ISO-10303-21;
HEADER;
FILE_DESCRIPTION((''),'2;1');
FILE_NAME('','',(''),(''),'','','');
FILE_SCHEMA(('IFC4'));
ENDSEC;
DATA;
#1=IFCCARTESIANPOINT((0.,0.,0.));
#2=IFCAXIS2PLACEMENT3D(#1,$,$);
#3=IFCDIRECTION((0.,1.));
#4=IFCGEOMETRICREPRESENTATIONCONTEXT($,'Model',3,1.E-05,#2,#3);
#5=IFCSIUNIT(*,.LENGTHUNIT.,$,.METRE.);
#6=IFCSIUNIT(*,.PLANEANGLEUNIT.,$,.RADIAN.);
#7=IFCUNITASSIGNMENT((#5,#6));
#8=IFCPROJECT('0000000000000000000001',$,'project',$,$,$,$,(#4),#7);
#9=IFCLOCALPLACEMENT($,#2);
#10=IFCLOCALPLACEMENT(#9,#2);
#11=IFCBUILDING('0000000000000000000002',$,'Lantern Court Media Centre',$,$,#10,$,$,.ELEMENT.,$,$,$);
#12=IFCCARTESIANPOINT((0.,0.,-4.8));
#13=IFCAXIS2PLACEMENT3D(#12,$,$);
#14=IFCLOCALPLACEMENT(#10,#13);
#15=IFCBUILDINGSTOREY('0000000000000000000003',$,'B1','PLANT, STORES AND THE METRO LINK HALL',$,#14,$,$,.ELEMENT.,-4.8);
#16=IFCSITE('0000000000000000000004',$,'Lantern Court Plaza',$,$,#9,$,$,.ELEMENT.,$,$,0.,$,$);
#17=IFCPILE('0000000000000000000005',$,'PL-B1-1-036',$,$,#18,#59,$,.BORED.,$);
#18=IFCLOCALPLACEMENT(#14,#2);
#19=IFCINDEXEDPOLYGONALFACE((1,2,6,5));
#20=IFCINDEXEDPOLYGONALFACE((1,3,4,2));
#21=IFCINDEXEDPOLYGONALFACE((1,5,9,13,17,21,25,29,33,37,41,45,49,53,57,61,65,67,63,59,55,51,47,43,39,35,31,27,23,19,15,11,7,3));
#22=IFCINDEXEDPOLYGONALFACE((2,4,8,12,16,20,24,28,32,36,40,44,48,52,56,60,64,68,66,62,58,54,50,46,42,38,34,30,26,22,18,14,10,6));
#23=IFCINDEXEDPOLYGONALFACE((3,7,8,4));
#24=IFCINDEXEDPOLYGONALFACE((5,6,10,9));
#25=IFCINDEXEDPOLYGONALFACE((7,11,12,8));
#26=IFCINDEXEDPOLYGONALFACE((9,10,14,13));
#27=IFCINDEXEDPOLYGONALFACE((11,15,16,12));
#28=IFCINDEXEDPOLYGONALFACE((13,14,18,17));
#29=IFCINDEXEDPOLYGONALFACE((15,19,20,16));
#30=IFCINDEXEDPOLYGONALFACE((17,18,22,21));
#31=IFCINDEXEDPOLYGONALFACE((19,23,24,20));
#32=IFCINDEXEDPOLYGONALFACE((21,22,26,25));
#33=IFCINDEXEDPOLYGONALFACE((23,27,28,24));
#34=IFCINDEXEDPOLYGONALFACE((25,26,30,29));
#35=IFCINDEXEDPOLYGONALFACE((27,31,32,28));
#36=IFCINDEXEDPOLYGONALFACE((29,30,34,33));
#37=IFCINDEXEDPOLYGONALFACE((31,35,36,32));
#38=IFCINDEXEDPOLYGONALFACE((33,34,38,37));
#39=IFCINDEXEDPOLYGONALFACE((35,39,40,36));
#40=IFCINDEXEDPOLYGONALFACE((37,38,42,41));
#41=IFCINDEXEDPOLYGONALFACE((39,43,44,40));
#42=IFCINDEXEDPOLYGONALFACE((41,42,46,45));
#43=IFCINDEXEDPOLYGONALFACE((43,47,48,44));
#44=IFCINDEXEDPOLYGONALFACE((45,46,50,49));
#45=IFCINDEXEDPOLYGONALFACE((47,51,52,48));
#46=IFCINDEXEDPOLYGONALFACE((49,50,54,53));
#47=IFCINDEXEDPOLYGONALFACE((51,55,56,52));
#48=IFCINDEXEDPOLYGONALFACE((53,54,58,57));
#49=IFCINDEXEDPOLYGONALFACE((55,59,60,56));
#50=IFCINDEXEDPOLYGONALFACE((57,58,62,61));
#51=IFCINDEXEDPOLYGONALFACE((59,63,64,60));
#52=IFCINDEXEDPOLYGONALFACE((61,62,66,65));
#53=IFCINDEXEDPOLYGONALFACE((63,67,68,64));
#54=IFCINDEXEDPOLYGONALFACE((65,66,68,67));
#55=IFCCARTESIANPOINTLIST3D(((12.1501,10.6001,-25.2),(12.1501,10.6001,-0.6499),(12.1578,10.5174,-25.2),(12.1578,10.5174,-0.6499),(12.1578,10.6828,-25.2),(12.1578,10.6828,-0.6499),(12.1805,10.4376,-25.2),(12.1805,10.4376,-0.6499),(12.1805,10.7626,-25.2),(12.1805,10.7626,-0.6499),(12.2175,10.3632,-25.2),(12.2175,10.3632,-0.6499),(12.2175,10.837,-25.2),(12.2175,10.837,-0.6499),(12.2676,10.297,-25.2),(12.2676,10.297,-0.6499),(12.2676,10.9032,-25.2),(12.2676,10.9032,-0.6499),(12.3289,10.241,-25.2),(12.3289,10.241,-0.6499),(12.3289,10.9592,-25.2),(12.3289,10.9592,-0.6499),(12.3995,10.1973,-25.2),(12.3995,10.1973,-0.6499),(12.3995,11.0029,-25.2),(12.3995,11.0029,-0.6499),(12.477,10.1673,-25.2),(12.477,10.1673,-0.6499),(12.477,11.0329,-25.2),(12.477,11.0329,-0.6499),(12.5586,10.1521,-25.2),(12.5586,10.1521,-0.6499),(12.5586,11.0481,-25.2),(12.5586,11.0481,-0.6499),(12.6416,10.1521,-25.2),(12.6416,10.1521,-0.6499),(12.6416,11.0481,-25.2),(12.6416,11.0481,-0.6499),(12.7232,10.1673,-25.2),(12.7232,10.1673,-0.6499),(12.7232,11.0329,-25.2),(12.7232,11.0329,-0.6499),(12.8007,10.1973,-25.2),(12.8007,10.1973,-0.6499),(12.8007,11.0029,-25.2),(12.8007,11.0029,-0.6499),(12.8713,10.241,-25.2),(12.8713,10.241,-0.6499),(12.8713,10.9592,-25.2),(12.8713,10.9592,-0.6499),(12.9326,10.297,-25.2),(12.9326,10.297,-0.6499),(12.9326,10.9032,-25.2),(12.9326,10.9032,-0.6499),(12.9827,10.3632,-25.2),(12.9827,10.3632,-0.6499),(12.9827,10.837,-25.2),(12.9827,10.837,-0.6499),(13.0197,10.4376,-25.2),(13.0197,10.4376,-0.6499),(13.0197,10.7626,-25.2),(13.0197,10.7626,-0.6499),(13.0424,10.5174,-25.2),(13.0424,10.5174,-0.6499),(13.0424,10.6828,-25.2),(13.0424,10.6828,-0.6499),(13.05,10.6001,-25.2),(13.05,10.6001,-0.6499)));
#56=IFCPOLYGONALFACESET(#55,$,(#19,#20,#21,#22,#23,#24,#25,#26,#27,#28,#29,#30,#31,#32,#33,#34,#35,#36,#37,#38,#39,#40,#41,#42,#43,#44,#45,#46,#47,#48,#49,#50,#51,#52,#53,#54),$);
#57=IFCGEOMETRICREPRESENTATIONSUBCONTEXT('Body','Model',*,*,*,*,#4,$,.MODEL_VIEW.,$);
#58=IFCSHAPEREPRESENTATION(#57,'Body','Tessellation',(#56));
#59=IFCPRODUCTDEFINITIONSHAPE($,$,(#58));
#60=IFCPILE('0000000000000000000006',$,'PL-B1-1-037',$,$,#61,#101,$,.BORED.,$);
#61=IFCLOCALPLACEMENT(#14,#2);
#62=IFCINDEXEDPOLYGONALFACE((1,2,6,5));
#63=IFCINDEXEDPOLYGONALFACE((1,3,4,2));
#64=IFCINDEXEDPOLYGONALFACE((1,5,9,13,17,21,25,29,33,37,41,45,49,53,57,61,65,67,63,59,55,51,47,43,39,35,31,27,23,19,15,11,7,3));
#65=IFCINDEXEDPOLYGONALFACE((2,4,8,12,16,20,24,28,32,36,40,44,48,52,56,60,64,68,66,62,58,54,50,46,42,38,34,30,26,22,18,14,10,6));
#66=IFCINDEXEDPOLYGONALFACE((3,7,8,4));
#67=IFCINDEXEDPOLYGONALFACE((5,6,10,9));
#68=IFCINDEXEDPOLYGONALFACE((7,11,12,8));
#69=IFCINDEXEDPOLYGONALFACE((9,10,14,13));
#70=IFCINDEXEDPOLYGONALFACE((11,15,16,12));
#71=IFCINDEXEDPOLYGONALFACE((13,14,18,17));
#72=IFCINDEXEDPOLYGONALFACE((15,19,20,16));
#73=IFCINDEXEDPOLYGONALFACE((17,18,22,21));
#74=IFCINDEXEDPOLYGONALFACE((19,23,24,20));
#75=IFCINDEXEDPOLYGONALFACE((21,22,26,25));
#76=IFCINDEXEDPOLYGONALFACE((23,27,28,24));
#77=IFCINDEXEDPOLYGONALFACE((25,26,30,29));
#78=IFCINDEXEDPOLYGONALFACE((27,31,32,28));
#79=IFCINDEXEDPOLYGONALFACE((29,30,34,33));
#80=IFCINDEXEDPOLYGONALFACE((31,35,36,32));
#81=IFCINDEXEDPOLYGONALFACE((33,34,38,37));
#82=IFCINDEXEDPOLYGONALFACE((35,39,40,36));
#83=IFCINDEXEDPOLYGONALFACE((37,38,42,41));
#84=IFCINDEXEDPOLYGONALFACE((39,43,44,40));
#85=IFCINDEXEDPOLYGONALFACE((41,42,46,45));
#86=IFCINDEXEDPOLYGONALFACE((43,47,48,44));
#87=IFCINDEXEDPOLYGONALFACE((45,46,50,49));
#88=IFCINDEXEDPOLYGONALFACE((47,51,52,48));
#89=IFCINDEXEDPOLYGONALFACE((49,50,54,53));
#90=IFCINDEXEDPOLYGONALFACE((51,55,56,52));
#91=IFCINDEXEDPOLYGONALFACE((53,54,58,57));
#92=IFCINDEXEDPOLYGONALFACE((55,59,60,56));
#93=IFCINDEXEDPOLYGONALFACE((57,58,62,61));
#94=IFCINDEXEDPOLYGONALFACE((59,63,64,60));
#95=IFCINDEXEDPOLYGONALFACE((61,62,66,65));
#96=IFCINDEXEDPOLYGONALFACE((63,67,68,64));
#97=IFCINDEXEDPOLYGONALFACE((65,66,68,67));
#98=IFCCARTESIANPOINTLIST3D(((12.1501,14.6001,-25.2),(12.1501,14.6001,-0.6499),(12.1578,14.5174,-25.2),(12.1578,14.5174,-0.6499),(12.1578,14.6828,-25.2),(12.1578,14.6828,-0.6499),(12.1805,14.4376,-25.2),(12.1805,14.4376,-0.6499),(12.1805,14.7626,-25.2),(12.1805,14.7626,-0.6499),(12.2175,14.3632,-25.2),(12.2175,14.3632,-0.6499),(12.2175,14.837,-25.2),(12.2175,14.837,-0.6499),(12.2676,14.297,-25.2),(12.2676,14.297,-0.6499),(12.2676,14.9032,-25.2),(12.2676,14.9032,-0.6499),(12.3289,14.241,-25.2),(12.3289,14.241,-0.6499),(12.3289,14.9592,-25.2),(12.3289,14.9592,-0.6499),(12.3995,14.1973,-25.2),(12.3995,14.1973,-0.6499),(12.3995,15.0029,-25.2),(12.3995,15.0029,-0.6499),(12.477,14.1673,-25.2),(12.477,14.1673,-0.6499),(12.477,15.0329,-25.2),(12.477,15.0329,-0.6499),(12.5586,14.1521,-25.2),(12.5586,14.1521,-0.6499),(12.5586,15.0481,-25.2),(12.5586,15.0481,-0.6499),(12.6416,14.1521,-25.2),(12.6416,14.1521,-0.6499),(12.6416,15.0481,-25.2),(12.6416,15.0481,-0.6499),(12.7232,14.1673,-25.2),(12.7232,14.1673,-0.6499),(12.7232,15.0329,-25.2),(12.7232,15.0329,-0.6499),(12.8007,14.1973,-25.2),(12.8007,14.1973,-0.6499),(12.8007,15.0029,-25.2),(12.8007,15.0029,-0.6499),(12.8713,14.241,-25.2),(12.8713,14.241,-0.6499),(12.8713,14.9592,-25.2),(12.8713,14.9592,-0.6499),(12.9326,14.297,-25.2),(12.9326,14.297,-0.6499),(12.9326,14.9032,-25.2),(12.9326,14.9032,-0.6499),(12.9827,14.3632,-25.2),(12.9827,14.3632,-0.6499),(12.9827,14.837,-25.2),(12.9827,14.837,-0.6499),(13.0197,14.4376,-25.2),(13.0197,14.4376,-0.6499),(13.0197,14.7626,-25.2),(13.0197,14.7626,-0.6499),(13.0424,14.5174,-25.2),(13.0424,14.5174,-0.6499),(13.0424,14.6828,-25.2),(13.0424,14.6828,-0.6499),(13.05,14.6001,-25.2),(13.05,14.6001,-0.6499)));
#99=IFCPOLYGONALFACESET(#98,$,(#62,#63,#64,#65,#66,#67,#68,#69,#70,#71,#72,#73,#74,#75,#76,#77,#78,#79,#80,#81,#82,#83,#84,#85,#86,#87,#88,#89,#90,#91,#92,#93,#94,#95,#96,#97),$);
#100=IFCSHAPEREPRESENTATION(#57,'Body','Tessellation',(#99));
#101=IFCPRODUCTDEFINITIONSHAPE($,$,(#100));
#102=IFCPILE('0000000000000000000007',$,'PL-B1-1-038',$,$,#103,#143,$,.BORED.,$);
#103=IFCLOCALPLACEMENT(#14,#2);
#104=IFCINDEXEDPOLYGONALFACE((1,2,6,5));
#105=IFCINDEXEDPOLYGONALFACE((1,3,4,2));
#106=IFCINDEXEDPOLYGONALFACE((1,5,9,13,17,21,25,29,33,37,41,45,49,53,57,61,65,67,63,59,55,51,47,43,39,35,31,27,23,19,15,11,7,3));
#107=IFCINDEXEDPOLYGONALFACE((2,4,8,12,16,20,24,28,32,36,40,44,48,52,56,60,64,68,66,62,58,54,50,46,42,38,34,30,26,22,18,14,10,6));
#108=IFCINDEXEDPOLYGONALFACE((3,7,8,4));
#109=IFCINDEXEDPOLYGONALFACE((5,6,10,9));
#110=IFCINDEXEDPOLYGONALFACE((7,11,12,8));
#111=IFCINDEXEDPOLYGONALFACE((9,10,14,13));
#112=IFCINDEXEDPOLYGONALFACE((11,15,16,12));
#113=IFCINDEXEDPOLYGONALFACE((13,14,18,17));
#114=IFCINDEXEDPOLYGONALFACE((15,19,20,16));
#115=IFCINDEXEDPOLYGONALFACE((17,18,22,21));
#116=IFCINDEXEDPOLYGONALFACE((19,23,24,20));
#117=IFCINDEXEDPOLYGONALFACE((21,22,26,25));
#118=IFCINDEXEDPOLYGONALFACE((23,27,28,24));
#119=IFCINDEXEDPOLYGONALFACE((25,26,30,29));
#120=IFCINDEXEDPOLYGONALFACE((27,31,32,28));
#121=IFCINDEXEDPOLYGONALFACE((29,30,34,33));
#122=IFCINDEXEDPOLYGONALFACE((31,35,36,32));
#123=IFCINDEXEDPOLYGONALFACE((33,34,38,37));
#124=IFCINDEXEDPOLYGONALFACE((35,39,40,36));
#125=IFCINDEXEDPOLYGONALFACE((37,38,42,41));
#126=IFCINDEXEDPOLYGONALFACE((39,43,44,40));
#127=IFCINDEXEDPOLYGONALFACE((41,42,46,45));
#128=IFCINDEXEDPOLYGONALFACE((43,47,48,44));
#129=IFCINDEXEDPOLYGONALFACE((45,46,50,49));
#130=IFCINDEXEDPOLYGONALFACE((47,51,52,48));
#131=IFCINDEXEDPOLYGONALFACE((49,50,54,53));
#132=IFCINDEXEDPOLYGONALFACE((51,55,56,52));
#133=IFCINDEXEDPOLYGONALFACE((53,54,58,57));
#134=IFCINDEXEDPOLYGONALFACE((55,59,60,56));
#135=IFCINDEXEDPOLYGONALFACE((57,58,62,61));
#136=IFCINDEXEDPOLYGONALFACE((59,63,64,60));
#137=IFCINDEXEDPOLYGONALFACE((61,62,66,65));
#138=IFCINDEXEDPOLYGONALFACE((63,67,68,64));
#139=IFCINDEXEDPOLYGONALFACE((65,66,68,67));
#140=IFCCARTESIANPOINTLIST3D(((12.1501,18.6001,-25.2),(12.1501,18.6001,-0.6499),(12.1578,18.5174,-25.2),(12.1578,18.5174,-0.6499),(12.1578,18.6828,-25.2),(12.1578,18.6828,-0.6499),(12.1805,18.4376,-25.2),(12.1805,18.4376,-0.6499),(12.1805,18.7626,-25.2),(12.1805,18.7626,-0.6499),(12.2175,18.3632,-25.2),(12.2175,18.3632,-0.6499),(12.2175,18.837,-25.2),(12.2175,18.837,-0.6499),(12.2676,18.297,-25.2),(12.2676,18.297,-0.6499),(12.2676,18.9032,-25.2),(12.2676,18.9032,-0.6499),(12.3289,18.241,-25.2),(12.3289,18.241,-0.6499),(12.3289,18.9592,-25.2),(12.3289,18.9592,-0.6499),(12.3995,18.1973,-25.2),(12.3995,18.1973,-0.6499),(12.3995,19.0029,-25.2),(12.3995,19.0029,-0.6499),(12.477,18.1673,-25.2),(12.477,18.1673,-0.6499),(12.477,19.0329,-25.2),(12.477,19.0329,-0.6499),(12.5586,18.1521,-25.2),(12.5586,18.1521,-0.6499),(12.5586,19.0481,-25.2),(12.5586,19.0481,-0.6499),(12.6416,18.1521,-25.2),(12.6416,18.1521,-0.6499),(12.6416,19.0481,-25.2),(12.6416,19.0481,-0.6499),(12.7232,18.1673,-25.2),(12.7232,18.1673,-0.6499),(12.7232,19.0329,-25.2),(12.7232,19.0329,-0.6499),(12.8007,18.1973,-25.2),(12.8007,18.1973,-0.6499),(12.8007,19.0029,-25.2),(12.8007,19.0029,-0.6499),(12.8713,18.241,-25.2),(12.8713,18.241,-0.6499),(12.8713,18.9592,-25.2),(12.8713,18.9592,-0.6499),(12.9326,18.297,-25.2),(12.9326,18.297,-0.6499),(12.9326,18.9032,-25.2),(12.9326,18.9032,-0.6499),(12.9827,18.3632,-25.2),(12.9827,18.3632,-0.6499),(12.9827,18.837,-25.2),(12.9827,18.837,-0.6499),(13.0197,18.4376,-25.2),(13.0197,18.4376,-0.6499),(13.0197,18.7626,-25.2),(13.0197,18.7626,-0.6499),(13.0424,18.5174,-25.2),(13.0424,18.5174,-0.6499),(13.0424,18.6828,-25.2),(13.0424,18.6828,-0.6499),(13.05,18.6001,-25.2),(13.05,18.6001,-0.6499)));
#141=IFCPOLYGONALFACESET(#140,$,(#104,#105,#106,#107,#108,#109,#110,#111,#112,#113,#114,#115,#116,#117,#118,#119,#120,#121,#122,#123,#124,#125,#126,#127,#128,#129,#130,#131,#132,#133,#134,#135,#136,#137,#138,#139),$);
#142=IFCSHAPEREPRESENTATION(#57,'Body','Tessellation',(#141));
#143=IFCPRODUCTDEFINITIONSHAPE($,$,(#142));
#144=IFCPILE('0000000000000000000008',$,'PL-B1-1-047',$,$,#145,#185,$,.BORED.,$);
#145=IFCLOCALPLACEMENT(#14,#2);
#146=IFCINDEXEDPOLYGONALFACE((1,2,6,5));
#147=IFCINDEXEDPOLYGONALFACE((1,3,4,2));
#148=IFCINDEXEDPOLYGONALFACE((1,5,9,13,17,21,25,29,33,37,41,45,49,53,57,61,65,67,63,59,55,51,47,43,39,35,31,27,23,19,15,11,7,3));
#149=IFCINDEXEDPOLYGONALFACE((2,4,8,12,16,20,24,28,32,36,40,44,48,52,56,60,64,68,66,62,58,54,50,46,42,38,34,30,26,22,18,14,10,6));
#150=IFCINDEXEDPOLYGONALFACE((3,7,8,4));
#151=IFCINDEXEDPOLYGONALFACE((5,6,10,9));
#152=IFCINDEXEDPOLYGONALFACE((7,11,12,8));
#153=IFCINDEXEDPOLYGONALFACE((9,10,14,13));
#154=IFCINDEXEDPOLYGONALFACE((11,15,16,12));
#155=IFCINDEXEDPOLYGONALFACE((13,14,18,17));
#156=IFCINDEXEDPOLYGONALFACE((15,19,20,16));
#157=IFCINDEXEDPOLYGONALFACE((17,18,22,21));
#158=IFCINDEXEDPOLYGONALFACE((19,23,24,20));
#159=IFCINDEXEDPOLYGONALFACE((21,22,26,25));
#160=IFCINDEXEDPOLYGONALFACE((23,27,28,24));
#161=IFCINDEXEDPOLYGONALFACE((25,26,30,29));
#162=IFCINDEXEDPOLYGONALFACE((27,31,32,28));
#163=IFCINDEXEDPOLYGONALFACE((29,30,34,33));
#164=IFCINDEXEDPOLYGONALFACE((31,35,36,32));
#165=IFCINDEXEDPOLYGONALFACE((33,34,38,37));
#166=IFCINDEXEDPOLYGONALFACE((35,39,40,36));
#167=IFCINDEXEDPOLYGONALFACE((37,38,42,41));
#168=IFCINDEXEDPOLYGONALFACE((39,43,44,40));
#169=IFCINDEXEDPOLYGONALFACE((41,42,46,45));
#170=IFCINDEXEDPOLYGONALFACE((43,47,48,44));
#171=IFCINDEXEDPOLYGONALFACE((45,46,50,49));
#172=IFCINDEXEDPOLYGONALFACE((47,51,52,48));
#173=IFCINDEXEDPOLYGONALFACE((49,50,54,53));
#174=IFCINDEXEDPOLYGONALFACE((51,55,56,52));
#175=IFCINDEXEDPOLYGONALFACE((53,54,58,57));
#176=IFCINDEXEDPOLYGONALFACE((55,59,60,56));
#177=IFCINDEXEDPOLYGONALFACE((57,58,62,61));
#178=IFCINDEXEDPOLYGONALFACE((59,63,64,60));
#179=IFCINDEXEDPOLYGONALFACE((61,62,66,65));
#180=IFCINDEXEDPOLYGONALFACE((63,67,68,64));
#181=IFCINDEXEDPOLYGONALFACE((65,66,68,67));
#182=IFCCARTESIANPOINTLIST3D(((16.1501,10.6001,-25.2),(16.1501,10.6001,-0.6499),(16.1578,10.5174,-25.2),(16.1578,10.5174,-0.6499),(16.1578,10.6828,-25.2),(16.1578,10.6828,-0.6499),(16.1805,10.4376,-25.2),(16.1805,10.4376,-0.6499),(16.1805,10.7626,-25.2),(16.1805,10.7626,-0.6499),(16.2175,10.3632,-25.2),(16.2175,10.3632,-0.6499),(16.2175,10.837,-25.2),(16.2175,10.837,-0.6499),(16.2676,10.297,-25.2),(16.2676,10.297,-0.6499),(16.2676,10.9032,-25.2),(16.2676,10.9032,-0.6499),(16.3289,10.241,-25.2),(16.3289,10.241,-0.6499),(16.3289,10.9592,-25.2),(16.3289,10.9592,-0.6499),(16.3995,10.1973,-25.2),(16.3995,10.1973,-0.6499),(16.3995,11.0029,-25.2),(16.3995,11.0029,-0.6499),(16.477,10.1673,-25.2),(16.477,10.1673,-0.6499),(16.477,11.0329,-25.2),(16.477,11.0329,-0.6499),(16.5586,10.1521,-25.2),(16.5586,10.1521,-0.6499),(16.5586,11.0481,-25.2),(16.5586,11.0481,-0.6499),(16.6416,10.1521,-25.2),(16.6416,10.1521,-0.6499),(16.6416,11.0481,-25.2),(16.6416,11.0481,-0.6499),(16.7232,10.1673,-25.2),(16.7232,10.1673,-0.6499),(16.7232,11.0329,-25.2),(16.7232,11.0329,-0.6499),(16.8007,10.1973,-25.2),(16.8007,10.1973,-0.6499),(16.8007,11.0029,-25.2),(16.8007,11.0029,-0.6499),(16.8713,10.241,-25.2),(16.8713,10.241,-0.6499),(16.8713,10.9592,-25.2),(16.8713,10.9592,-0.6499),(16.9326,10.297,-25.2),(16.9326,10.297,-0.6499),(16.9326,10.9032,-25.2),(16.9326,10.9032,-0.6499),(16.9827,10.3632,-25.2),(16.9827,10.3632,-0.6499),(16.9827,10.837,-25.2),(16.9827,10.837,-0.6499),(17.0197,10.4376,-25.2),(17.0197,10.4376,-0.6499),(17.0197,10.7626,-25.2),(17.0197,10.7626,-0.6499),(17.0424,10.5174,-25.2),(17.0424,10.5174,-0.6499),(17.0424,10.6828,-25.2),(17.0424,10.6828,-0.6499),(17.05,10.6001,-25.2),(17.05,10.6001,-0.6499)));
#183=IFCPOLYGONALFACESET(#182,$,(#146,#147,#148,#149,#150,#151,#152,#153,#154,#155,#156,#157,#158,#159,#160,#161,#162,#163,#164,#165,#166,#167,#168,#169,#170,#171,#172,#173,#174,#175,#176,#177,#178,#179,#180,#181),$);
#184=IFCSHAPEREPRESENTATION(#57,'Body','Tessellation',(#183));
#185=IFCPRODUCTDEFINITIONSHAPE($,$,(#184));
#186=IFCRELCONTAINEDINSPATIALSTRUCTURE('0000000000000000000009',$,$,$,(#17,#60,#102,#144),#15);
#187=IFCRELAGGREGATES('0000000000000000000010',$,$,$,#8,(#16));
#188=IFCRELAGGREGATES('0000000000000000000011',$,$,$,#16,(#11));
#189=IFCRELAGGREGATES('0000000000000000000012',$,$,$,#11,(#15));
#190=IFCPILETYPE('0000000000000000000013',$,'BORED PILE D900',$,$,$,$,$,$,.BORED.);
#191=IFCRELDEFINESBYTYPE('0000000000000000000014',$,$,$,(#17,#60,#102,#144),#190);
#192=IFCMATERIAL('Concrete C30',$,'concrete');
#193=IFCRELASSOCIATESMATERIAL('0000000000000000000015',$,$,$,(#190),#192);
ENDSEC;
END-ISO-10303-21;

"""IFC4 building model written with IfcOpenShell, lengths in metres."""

from ifc_helpers import new_model, si_unit, direction, frame, origin, origin_2d, place, context, subcontext, project, spatial, circle, extrude, material, material_profile, profile_set, type_object, element, save


model = new_model("IFC4")

# Units and contexts
model_context = context("Model", 3, precision=1e-05, world=origin(), true_north=direction((0.0, 1.0)))
body_context = subcontext(model_context, "Body", "Model", "MODEL_VIEW")
ifc_project = project(units=[si_unit("LENGTHUNIT", "METRE"), si_unit("PLANEANGLEUNIT", "RADIAN")], contexts=[model_context])

# Site, building, storey
site_placement = place(None, origin())
site = spatial("IfcSite", under=ifc_project, at=site_placement, Name="Lantern Court Plaza", CompositionType="ELEMENT", RefElevation=0.0)
building_placement = place(site_placement, origin())
building = spatial("IfcBuilding", under=site, at=building_placement, Name="Lantern Court Media Centre", CompositionType="ELEMENT")
storey_placement = place(building_placement, frame((0.0, 0.0, -4.8)))
storey = spatial("IfcBuildingStorey", under=building, at=storey_placement, Name="B1", Description="PLANT, STORES AND THE METRO LINK HALL", CompositionType="ELEMENT", Elevation=-4.8)

# Piles
ifc_material_1 = material(Name="Concrete C30", Category="concrete")
ifc_material_profile_1 = material_profile(ifc_material_1, circle(Radius=0.45, at=origin_2d()), Name="D900")
ifc_profile_set_1 = profile_set([ifc_material_profile_1], Name="Concrete C30")
pile_type = type_object("IfcPileType", Name="BORED PILE D900", PredefinedType="BORED", material=ifc_profile_set_1)
for number, where, z_axis, x_axis, name in (
    (1, (12.6001, 10.6001, -0.6499), (0.0, 0.0, -1.0), (1.0, 0.0, 0.0), "PL-B1-1-036"),
    (2, (12.6001, 14.6001, -0.6499), (0.0, 0.0, -1.0), (1.0, 0.0, 0.0), "PL-B1-1-037"),
    (3, (12.6001, 18.6001, -0.6499), (0.0, 0.0, -1.0), (1.0, 0.0, 0.0), "PL-B1-1-038"),
    (4, (16.6001, 10.6001, -0.6499), (0.0, 0.0, -1.0), (1.0, 0.0, 0.0), "PL-B1-1-047"),
):
    element("IfcPile", number, at=place(storey_placement, frame(where, z_axis=z_axis, x_axis=x_axis)), inside=storey, type_object=pile_type, Name=name, PredefinedType="BORED", context=body_context, shape_type="SweptSolid", body=[
        extrude(circle(Radius=0.45, at=origin_2d()), origin(), (0.0, 0.0, 1.0), 24.55),
    ])

save(model, "model.ifc")
